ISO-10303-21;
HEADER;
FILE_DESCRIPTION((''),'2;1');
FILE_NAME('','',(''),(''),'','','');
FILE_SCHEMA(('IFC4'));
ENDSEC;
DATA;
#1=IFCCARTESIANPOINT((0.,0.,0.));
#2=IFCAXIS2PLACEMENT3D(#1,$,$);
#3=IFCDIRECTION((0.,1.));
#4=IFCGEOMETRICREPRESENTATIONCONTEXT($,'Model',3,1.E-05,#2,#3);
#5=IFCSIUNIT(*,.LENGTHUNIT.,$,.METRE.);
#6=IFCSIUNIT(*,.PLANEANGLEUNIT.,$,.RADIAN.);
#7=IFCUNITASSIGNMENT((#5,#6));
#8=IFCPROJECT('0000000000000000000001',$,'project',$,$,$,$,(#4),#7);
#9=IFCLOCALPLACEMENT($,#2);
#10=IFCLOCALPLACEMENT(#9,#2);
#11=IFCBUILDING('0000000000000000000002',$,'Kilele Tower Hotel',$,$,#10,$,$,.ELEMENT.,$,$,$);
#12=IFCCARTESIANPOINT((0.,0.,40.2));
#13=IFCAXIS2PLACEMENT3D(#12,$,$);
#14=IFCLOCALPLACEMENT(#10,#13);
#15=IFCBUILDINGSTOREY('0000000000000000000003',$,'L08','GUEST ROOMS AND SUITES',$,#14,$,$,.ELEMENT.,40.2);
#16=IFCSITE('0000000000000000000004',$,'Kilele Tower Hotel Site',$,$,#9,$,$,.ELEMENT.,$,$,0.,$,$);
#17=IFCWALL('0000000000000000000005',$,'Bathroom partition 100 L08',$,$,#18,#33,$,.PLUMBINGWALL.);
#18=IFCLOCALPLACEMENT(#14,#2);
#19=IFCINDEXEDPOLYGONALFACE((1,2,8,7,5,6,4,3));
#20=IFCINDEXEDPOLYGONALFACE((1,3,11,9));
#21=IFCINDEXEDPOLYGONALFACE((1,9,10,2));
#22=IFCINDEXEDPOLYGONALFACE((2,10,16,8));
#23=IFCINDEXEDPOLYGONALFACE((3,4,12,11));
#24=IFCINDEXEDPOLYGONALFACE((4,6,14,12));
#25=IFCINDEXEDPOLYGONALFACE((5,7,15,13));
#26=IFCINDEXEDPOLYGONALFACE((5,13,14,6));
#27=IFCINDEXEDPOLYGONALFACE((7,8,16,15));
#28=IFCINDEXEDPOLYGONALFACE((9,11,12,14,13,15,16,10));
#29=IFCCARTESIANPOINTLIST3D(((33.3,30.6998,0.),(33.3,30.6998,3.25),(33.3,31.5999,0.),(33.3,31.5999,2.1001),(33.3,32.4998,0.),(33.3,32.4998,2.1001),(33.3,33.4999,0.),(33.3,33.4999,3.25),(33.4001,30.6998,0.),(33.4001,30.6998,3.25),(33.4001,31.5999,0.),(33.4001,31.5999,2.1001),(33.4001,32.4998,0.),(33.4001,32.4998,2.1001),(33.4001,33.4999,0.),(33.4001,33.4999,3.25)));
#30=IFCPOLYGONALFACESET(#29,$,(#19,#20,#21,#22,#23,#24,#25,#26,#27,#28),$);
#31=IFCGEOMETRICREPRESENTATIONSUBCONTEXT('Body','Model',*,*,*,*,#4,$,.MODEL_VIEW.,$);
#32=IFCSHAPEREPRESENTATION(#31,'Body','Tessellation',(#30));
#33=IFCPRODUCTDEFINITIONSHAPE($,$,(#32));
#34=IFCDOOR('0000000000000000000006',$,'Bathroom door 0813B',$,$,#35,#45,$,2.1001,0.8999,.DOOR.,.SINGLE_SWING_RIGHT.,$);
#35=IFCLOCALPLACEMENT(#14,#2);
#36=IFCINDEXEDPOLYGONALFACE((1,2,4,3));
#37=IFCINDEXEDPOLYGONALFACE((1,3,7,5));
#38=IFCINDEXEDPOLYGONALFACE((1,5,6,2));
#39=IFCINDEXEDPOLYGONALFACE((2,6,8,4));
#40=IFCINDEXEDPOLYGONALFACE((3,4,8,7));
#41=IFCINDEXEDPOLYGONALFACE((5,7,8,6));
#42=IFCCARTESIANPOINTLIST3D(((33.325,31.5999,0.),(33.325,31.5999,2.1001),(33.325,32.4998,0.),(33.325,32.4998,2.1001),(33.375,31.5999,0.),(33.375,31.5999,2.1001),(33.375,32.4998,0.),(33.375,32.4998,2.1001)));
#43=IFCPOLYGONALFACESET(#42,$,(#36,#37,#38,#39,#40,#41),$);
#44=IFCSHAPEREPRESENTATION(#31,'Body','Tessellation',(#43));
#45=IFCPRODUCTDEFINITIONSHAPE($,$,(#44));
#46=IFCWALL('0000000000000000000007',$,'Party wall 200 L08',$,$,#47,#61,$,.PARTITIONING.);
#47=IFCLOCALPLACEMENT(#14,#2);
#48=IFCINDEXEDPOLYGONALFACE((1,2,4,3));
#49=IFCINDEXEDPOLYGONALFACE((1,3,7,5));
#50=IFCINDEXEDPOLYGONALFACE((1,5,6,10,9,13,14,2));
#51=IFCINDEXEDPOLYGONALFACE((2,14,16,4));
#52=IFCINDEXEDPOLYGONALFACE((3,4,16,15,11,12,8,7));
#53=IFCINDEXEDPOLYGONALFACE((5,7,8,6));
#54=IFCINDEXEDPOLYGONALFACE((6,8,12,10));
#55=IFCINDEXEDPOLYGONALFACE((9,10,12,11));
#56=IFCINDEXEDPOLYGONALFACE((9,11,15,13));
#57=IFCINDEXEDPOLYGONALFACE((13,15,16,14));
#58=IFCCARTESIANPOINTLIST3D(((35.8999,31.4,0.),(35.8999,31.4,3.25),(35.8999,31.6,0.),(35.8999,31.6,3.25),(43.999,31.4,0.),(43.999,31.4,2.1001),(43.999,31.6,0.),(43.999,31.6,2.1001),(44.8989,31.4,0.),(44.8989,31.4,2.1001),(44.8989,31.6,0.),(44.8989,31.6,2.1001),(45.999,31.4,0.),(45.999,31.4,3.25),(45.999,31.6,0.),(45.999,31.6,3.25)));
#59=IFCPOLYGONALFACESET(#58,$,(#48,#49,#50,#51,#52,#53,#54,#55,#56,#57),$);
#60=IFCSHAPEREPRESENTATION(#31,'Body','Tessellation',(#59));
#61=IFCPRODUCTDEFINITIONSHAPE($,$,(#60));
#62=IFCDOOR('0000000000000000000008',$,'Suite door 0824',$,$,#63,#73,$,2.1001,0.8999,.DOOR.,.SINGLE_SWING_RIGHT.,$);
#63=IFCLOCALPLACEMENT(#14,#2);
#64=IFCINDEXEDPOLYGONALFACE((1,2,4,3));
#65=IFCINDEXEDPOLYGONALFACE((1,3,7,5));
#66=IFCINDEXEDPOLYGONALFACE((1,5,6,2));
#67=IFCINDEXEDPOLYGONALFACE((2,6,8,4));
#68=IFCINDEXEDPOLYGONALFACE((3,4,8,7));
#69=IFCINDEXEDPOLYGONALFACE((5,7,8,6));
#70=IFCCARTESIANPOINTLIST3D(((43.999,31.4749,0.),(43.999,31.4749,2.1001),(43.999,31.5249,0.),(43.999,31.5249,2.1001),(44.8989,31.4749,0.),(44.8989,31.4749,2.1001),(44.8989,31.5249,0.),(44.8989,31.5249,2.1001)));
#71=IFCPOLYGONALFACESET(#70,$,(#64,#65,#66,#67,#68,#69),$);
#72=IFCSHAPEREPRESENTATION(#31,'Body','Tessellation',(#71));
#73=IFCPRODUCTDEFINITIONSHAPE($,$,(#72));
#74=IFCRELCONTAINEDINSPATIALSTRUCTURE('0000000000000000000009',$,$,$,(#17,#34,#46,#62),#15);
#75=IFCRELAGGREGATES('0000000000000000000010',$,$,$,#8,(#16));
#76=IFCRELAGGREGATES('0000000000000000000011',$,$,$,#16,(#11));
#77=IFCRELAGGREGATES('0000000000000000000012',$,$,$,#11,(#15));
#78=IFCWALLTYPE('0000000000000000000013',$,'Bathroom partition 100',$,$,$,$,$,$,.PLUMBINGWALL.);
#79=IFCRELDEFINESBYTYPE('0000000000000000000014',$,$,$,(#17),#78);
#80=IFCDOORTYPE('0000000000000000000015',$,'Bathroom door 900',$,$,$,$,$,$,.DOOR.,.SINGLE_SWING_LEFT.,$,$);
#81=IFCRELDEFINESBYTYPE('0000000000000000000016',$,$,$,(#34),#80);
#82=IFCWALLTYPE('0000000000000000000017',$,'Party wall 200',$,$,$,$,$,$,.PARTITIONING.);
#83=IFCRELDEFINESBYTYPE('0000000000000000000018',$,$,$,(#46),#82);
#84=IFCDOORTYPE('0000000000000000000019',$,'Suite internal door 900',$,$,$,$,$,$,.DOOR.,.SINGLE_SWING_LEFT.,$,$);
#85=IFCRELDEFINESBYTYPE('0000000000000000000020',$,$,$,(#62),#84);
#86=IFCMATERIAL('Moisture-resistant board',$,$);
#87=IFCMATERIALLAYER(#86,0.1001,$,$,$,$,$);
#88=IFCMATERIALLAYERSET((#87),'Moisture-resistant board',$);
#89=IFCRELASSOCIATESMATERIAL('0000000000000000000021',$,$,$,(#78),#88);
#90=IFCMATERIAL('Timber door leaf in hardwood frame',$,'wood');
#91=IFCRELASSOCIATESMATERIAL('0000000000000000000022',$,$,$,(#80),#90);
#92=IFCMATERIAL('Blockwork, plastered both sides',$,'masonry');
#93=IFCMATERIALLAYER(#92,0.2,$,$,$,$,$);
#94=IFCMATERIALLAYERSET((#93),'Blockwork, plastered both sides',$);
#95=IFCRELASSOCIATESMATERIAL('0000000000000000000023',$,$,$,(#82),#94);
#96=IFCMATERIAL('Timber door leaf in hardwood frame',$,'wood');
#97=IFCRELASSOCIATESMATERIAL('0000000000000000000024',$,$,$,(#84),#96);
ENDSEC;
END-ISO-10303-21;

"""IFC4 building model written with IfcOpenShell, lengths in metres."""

from ifc_helpers import new_model, si_unit, direction, frame, frame_2d, origin, place, context, subcontext, project, spatial, rectangle, extrude, material, layer, layer_set, type_object, element, fill, save


model = new_model("IFC4")

# Units and contexts
model_context = context("Model", 3, precision=1e-05, world=origin(), true_north=direction((0.0, 1.0)))
body_context = subcontext(model_context, "Body", "Model", "MODEL_VIEW")
ifc_project = project(units=[si_unit("LENGTHUNIT", "METRE"), si_unit("PLANEANGLEUNIT", "RADIAN")], contexts=[model_context])

# Site, building, storey
site_placement = place(None, origin())
site = spatial("IfcSite", under=ifc_project, at=site_placement, Name="Kilele Tower Hotel Site", CompositionType="ELEMENT", RefElevation=0.0)
building_placement = place(site_placement, origin())
building = spatial("IfcBuilding", under=site, at=building_placement, Name="Kilele Tower Hotel", CompositionType="ELEMENT")
storey_placement = place(building_placement, frame((0.0, 0.0, 40.2)))
storey = spatial("IfcBuildingStorey", under=building, at=storey_placement, Name="L08", Description="GUEST ROOMS AND SUITES", CompositionType="ELEMENT", Elevation=40.2)

# Shared definitions
ifc_material_1 = material(Name="Moisture-resistant board")
ifc_layer_1 = layer(ifc_material_1, 0.1001)
ifc_layer_set_1 = layer_set([ifc_layer_1], Name="Moisture-resistant board")
wall_type_1 = type_object("IfcWallType", Name="Bathroom partition 100", PredefinedType="PLUMBINGWALL", material=ifc_layer_set_1)

# Walls, openings, doors
wall_1_placement = place(storey_placement, frame((33.3501, 30.7, 0.0), z_axis=(0.0, 0.0, 1.0), x_axis=(0.0, 1.0, 0.0)))
wall_1 = element("IfcWall", 1, at=wall_1_placement, inside=storey, type_object=wall_type_1, Name="Bathroom partition 100 L08", PredefinedType="PLUMBINGWALL", context=body_context, shape_type="SweptSolid", body=[
    extrude(rectangle(XDim=2.8, YDim=0.1001, at=frame_2d((1.3999, 0.0))), origin(), (0.0, 0.0, 1.0), 3.25),
])
opening_1_placement = place(wall_1_placement, frame((1.7998, 0.0, 0.0), z_axis=(0.0, 0.0, 1.0), x_axis=(-1.0, 0.0, 0.0)))
opening_1 = element("IfcOpeningElement", 2, at=opening_1_placement, cuts=wall_1, PredefinedType="OPENING", context=body_context, shape_type="SweptSolid", body=[
    extrude(rectangle(XDim=0.8999, YDim=2.1001, at=frame_2d((0.45, 1.05))), frame((0.0, 0.0601, 0.0), z_axis=(0.0, -1.0, 0.0), x_axis=(1.0, 0.0, 0.0)), (0.0, 0.0, 1.0), 0.1201),
])
ifc_material_2 = material(Name="Timber door leaf in hardwood frame", Category="wood")
door_type_1 = type_object("IfcDoorType", Name="Bathroom door 900", OperationType="SINGLE_SWING_LEFT", PredefinedType="DOOR", material=ifc_material_2)
door_1_placement = place(opening_1_placement, origin())
door_1 = element("IfcDoor", 3, at=door_1_placement, inside=storey, type_object=door_type_1, Name="Bathroom door 0813B", OperationType="SINGLE_SWING_RIGHT", OverallHeight=2.1001, OverallWidth=0.8999, PredefinedType="DOOR", context=body_context, shape_type="SweptSolid", body=[
    extrude(rectangle(XDim=0.8999, YDim=2.1001, at=frame_2d((0.45, 1.05))), frame((0.0, 0.0249, 0.0), z_axis=(0.0, -1.0, 0.0), x_axis=(1.0, 0.0, 0.0)), (0.0, 0.0, 1.0), 0.05),
])
fill(opening_1, door_1)
ifc_material_3 = material(Name="Blockwork, plastered both sides", Category="masonry")
ifc_layer_2 = layer(ifc_material_3, 0.2)
ifc_layer_set_2 = layer_set([ifc_layer_2], Name="Blockwork, plastered both sides")
wall_type_2 = type_object("IfcWallType", Name="Party wall 200", PredefinedType="PARTITIONING", material=ifc_layer_set_2)
wall_2_placement = place(storey_placement, frame((35.8999, 31.5, 0.0), z_axis=(0.0, 0.0, 1.0), x_axis=(1.0, 0.0, 0.0)))
wall_2 = element("IfcWall", 4, at=wall_2_placement, inside=storey, type_object=wall_type_2, Name="Party wall 200 L08", PredefinedType="PARTITIONING", context=body_context, shape_type="SweptSolid", body=[
    extrude(rectangle(XDim=10.0991, YDim=0.2, at=frame_2d((5.0496, 0.0))), origin(), (0.0, 0.0, 1.0), 3.25),
])
opening_2_placement = place(wall_2_placement, frame((8.0991, 0.0, 0.0)))
opening_2 = element("IfcOpeningElement", 5, at=opening_2_placement, cuts=wall_2, PredefinedType="OPENING", context=body_context, shape_type="SweptSolid", body=[
    extrude(rectangle(XDim=0.8999, YDim=2.1001, at=frame_2d((0.45, 1.05))), frame((0.0, 0.1099, 0.0), z_axis=(0.0, -1.0, 0.0), x_axis=(1.0, 0.0, 0.0)), (0.0, 0.0, 1.0), 0.22),
])
ifc_material_4 = material(Name="Timber door leaf in hardwood frame", Category="wood")
door_type_2 = type_object("IfcDoorType", Name="Suite internal door 900", OperationType="SINGLE_SWING_LEFT", PredefinedType="DOOR", material=ifc_material_4)
door_2_placement = place(opening_2_placement, origin())
door_2 = element("IfcDoor", 6, at=door_2_placement, inside=storey, type_object=door_type_2, Name="Suite door 0824", OperationType="SINGLE_SWING_RIGHT", OverallHeight=2.1001, OverallWidth=0.8999, PredefinedType="DOOR", context=body_context, shape_type="SweptSolid", body=[
    extrude(rectangle(XDim=0.8999, YDim=2.1001, at=frame_2d((0.45, 1.05))), frame((0.0, 0.0249, 0.0), z_axis=(0.0, -1.0, 0.0), x_axis=(1.0, 0.0, 0.0)), (0.0, 0.0, 1.0), 0.05),
])
fill(opening_2, door_2)

save(model, "model.ifc")
